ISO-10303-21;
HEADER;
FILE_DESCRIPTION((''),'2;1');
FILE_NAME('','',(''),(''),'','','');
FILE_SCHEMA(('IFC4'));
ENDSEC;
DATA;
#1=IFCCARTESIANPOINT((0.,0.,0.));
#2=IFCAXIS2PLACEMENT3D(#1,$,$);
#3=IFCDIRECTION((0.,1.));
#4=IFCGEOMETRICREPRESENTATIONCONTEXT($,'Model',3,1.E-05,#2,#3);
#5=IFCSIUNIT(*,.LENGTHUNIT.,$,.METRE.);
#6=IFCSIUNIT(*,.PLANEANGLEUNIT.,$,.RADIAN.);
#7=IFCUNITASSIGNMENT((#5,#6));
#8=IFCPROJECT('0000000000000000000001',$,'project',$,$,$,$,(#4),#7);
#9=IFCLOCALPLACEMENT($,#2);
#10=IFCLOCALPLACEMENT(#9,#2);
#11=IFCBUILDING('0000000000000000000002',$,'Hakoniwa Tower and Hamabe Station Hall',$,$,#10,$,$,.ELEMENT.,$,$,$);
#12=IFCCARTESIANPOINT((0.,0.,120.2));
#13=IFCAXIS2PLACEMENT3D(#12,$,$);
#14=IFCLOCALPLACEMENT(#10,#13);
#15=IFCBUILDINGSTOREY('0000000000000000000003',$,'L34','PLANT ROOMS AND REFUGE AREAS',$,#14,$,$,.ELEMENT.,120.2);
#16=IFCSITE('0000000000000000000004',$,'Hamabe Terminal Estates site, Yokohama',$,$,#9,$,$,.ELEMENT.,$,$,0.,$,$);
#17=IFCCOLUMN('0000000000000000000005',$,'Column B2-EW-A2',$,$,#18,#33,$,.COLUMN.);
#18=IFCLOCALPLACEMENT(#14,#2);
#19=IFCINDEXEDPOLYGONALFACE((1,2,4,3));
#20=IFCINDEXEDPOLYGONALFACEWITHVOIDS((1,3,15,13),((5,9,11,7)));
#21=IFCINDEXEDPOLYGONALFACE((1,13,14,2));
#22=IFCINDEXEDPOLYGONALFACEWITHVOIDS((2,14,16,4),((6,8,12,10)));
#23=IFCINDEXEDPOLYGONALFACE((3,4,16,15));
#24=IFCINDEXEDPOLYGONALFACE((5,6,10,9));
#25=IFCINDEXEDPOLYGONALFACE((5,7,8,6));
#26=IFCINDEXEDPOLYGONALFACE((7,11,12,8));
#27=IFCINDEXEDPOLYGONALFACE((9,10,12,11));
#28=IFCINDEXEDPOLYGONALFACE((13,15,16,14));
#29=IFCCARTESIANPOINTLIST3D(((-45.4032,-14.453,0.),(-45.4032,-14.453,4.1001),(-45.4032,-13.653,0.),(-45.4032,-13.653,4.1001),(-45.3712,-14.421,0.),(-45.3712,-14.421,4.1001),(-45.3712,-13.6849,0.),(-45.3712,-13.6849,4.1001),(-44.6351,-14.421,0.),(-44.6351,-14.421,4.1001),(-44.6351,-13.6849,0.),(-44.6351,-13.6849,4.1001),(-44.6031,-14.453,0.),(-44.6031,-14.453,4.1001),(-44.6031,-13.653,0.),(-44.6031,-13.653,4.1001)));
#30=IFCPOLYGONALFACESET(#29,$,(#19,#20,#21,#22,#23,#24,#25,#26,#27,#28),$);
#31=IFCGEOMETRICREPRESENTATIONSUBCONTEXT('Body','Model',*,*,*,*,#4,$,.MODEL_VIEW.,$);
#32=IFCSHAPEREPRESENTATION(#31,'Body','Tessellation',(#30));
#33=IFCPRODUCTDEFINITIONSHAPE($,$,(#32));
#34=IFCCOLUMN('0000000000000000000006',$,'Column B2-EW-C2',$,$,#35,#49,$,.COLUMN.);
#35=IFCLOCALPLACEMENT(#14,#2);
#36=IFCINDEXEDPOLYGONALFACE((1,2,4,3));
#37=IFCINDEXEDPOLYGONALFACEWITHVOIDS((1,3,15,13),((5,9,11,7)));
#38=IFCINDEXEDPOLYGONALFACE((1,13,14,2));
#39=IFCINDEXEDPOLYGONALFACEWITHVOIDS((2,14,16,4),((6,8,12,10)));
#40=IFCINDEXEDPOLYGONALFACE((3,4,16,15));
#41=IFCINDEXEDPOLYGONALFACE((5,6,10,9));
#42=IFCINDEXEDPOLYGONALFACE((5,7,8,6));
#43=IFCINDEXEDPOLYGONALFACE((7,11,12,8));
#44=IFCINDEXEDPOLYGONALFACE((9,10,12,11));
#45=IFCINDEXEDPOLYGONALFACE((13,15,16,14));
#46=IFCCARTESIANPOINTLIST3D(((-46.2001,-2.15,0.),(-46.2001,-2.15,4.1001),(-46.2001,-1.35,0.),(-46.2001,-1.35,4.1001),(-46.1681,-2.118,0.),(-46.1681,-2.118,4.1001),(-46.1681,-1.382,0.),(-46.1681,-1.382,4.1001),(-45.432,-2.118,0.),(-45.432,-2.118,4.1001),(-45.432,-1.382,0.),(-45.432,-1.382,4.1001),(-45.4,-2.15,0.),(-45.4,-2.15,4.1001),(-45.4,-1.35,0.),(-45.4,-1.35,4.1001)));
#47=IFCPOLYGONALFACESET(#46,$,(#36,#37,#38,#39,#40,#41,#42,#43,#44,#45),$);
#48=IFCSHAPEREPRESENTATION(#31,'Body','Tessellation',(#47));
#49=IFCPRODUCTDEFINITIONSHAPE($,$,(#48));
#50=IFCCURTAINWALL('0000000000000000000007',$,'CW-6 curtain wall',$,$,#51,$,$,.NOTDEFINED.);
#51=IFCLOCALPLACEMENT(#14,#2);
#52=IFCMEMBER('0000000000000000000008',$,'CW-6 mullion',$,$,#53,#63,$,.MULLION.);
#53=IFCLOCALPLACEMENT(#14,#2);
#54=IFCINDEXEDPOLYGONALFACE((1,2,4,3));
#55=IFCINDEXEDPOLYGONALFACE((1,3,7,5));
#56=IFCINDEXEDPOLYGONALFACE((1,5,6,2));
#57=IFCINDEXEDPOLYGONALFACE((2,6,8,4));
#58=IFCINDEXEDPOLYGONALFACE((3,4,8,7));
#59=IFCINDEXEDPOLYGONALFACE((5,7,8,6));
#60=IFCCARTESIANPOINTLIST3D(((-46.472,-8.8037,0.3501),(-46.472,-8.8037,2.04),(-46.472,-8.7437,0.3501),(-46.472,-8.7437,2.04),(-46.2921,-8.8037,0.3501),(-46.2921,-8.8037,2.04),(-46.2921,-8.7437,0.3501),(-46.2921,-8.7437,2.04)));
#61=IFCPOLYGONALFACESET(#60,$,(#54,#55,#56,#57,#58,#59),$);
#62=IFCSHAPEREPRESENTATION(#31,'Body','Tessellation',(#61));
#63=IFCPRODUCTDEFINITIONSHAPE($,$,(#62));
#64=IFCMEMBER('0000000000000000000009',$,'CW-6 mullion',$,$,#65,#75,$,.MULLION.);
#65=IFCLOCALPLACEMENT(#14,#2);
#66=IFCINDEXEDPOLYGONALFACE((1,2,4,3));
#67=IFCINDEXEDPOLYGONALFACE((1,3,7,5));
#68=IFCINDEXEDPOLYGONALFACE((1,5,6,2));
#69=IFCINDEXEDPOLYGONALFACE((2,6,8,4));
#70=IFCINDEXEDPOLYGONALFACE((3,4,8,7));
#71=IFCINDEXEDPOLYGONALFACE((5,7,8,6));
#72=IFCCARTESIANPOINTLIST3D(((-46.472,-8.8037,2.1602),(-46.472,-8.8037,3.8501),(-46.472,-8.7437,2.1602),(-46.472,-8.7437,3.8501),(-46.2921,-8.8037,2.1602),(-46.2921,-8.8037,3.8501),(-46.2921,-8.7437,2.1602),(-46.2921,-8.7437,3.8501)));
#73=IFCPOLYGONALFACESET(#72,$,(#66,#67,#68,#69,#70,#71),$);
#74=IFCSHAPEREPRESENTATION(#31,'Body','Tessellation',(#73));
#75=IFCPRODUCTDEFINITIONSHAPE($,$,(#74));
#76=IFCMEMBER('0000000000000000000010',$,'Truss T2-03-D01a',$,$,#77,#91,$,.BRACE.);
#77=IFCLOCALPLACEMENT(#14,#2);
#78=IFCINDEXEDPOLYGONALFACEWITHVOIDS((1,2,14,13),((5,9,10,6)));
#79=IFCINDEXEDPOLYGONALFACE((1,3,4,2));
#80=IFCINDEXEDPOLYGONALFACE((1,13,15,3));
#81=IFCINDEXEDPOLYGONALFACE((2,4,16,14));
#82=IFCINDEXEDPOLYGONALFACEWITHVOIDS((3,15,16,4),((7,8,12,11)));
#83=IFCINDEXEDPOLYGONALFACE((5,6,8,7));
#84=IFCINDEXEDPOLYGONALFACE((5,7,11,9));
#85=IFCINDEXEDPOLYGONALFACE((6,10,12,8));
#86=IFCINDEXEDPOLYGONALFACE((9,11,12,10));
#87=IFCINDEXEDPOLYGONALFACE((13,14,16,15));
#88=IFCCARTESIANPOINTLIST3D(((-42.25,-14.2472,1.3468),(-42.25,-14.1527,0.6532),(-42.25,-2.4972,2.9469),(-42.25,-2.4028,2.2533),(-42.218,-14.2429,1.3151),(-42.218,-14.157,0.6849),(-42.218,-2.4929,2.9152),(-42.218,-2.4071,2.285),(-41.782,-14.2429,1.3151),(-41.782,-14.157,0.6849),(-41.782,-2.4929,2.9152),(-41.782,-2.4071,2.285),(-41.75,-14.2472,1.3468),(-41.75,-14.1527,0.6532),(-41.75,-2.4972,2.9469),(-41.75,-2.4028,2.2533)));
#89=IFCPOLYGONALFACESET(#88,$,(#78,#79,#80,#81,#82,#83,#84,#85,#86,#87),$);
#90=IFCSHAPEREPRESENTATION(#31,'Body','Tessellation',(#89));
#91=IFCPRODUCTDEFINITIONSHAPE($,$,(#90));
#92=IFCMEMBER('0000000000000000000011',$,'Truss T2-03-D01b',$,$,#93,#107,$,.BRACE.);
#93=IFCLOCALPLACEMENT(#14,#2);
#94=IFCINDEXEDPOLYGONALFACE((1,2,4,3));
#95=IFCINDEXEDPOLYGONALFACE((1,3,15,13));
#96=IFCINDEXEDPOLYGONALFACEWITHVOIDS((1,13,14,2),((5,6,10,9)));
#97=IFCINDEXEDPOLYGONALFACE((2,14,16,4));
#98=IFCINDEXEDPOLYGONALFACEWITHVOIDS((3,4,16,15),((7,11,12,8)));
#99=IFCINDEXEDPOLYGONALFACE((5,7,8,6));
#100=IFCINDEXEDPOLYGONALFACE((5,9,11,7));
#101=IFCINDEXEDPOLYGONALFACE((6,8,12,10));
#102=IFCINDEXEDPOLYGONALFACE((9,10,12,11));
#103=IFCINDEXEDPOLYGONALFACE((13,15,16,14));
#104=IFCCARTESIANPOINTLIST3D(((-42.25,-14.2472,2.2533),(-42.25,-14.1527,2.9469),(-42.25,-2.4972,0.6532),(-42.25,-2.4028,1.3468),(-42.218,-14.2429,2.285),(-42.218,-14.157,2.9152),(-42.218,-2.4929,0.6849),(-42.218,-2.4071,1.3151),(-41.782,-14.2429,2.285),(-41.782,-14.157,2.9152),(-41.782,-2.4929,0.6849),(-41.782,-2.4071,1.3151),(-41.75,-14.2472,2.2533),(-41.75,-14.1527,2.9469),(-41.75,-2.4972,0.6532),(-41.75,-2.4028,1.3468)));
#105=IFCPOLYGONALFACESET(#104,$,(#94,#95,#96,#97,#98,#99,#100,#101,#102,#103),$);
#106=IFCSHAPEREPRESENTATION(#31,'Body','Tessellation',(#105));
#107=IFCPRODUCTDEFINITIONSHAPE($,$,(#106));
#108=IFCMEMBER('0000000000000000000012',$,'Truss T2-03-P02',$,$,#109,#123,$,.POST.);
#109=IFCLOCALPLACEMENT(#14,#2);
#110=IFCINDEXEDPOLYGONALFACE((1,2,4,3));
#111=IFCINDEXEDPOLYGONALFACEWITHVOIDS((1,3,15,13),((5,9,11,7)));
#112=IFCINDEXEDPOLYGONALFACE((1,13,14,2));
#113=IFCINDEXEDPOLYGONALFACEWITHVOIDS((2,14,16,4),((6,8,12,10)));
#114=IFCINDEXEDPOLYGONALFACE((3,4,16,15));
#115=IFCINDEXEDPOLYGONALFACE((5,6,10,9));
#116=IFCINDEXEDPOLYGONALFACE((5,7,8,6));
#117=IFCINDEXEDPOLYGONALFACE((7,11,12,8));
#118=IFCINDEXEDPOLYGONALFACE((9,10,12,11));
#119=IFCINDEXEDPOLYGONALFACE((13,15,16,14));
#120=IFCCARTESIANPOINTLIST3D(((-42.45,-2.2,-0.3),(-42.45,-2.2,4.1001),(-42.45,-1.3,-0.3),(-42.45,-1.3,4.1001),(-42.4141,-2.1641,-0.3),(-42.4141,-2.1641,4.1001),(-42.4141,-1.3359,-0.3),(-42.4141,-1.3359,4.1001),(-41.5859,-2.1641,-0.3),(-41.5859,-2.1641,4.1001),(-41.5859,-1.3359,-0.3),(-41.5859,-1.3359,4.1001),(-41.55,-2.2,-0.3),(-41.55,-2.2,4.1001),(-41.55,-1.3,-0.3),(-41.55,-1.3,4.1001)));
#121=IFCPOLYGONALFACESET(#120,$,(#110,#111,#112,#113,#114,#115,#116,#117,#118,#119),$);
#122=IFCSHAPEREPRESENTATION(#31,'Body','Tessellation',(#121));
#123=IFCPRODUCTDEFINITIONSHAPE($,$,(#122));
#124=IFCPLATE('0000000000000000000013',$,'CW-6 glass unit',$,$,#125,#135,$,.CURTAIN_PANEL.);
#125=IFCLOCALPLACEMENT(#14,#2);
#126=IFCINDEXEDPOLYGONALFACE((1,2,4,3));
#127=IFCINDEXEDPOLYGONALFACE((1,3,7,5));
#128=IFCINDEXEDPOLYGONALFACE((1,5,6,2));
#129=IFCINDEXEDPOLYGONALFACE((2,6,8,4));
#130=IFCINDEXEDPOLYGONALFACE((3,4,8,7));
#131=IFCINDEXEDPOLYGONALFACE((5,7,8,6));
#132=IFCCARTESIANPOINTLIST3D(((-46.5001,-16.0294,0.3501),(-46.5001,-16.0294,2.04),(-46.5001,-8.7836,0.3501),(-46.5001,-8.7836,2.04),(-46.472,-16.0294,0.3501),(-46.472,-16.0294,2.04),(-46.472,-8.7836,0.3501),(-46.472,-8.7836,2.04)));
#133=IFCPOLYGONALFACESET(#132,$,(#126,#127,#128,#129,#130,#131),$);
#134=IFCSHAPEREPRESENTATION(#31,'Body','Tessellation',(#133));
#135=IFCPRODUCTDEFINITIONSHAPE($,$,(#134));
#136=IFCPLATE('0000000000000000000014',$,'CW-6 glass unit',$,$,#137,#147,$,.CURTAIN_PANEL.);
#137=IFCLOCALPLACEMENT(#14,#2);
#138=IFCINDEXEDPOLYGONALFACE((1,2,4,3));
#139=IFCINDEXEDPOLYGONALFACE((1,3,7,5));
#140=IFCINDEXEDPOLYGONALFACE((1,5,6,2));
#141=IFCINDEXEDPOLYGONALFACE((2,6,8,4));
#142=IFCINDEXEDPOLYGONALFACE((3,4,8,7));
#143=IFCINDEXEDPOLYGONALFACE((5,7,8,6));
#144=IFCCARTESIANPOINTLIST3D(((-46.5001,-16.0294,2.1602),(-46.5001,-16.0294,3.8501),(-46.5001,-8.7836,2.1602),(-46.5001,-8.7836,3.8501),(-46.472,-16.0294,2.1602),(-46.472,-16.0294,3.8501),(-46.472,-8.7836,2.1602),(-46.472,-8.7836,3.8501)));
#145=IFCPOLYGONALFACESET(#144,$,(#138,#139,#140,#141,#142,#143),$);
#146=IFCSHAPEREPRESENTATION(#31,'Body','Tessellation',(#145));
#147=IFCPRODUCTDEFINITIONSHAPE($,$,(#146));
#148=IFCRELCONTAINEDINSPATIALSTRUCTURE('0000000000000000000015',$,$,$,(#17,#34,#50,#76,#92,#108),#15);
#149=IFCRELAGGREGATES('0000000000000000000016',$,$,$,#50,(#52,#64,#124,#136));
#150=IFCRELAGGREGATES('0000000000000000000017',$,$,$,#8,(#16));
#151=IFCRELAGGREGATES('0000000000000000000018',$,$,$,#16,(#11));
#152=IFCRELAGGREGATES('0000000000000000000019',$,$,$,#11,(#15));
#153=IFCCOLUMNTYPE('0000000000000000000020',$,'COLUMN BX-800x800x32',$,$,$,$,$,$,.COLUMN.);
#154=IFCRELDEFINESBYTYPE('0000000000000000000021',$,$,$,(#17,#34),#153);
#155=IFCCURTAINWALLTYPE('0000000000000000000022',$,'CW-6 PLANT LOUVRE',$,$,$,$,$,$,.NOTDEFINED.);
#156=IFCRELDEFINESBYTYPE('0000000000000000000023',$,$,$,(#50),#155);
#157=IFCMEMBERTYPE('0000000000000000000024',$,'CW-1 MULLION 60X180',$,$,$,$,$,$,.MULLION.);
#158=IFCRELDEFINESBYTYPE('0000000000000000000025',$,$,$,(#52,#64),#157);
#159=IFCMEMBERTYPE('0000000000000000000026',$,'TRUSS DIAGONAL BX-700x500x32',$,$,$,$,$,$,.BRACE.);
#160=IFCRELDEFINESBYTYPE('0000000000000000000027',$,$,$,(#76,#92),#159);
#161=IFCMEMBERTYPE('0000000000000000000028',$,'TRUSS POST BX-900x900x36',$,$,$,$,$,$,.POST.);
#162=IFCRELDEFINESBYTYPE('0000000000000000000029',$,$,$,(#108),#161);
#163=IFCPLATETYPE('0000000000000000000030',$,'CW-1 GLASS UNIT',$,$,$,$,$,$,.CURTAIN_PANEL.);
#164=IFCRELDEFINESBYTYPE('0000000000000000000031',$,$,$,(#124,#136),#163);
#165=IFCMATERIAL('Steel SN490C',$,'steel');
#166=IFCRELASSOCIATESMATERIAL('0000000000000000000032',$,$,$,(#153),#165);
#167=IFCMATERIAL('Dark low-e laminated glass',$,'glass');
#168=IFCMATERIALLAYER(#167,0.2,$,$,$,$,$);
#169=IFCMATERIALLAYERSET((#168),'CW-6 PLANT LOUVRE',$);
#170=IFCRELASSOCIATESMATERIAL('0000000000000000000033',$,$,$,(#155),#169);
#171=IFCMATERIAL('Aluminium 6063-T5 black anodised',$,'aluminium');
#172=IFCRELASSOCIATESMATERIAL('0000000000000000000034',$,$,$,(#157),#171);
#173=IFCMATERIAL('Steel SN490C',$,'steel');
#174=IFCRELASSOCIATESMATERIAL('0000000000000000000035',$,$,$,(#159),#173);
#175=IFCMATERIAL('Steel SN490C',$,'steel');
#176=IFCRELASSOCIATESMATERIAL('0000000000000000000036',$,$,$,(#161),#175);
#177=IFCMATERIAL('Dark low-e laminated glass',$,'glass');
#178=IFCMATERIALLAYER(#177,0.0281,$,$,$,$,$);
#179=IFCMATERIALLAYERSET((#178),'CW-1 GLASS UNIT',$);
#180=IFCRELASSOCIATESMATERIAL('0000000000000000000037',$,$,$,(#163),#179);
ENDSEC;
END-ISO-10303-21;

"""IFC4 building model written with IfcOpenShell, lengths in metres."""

from ifc_helpers import new_model, si_unit, direction, frame, origin, origin_2d, place, context, subcontext, project, spatial, rectangle, hollow_rectangle, extrude, material, layer, layer_set, material_profile, profile_set, type_object, element, aggregate, save


model = new_model("IFC4")

# Units and contexts
model_context = context("Model", 3, precision=1e-05, world=origin(), true_north=direction((0.0, 1.0)))
body_context = subcontext(model_context, "Body", "Model", "MODEL_VIEW")
ifc_project = project(units=[si_unit("LENGTHUNIT", "METRE"), si_unit("PLANEANGLEUNIT", "RADIAN")], contexts=[model_context])

# Site, building, storey
site_placement = place(None, origin())
site = spatial("IfcSite", under=ifc_project, at=site_placement, Name="Hamabe Terminal Estates site, Yokohama", CompositionType="ELEMENT", RefElevation=0.0)
building_placement = place(site_placement, origin())
building = spatial("IfcBuilding", under=site, at=building_placement, Name="Hakoniwa Tower and Hamabe Station Hall", CompositionType="ELEMENT")
storey_placement = place(building_placement, frame((0.0, 0.0, 120.2)))
storey = spatial("IfcBuildingStorey", under=building, at=storey_placement, Name="L34", Description="PLANT ROOMS AND REFUGE AREAS", CompositionType="ELEMENT", Elevation=120.2)

# Columns
ifc_material_1 = material(Name="Steel SN490C", Category="steel")
ifc_material_profile_1 = material_profile(ifc_material_1, hollow_rectangle(XDim=0.8, YDim=0.8, WallThickness=0.032, at=origin_2d()), Name="BX-800x800x32")
ifc_profile_set_1 = profile_set([ifc_material_profile_1], Name="Steel SN490C")
column_type = type_object("IfcColumnType", Name="COLUMN BX-800x800x32", PredefinedType="COLUMN", material=ifc_profile_set_1)
for number, where, z_axis, x_axis, name in (
    (1, (-45.0032, -14.053, 0.0), (0.0, 0.0, 1.0), (1.0, 0.0, 0.0), "Column B2-EW-A2"),
    (2, (-45.8, -1.75, 0.0), (0.0, 0.0, 1.0), (1.0, 0.0, 0.0), "Column B2-EW-C2"),
):
    element("IfcColumn", number, at=place(storey_placement, frame(where, z_axis=z_axis, x_axis=x_axis)), inside=storey, type_object=column_type, Name=name, PredefinedType="COLUMN", context=body_context, shape_type="SweptSolid", body=[
        extrude(hollow_rectangle(XDim=0.8, YDim=0.8, WallThickness=0.032, at=origin_2d()), origin(), (0.0, 0.0, 1.0), 4.1001),
    ])

# Curtain wall, members
ifc_material_2 = material(Name="Dark low-e laminated glass", Category="glass")
ifc_layer_1 = layer(ifc_material_2, 0.2)
ifc_layer_set_1 = layer_set([ifc_layer_1], Name="CW-6 PLANT LOUVRE")
curtain_wall_type = type_object("IfcCurtainWallType", Name="CW-6 PLANT LOUVRE", PredefinedType="NOTDEFINED", material=ifc_layer_set_1)
curtain_wall_placement = place(storey_placement, origin())
curtain_wall = element("IfcCurtainWall", 3, at=curtain_wall_placement, inside=storey, type_object=curtain_wall_type, Name="CW-6 curtain wall", PredefinedType="NOTDEFINED")
ifc_material_3 = material(Name="Aluminium 6063-T5 black anodised", Category="aluminium")
ifc_material_profile_2 = material_profile(ifc_material_3, rectangle(XDim=0.0601, YDim=0.1799, at=origin_2d()), Name="CW-1 MULLION 60X180")
ifc_profile_set_2 = profile_set([ifc_material_profile_2], Name="Aluminium 6063-T5 black anodised")
member_type_1 = type_object("IfcMemberType", Name="CW-1 MULLION 60X180", PredefinedType="MULLION", material=ifc_profile_set_2)
member_1_placement = place(storey_placement, frame((-46.3821, -8.7737, 0.3501), z_axis=(0.0, 0.0, 1.0), x_axis=(0.0, -1.0, 0.0)))
member_1 = element("IfcMember", 4, at=member_1_placement, type_object=member_type_1, Name="CW-6 mullion", PredefinedType="MULLION", context=body_context, shape_type="SweptSolid", body=[
    extrude(rectangle(XDim=0.0601, YDim=0.1799, at=origin_2d()), origin(), (0.0, 0.0, 1.0), 1.6899),
])
member_2_placement = place(storey_placement, frame((-46.3821, -8.7737, 2.1602), z_axis=(0.0, 0.0, 1.0), x_axis=(0.0, -1.0, 0.0)))
member_2 = element("IfcMember", 5, at=member_2_placement, type_object=member_type_1, Name="CW-6 mullion", PredefinedType="MULLION", context=body_context, shape_type="SweptSolid", body=[
    extrude(rectangle(XDim=0.0601, YDim=0.1799, at=origin_2d()), origin(), (0.0, 0.0, 1.0), 1.6899),
])

# Members
ifc_material_4 = material(Name="Steel SN490C", Category="steel")
ifc_material_profile_3 = material_profile(ifc_material_4, hollow_rectangle(XDim=0.5, YDim=0.7, WallThickness=0.032, at=origin_2d()), Name="BX-700x500x32")
ifc_profile_set_3 = profile_set([ifc_material_profile_3], Name="Steel SN490C")
member_type_2 = type_object("IfcMemberType", Name="TRUSS DIAGONAL BX-700x500x32", PredefinedType="BRACE", material=ifc_profile_set_3)
for number, where, z_axis, x_axis, name in (
    (6, (-42.0, -14.2, 1.0), (0.0, 0.990855, 0.134933), (-1.0, 0.0, 0.0), "Truss T2-03-D01a"),
    (7, (-42.0, -14.2, 2.6001), (0.0, 0.990855, -0.134933), (-1.0, 0.0, 0.0), "Truss T2-03-D01b"),
):
    element("IfcMember", number, at=place(storey_placement, frame(where, z_axis=z_axis, x_axis=x_axis)), inside=storey, type_object=member_type_2, Name=name, PredefinedType="BRACE", context=body_context, shape_type="SweptSolid", body=[
        extrude(hollow_rectangle(XDim=0.5, YDim=0.7, WallThickness=0.032, at=origin_2d()), origin(), (0.0, 0.0, 1.0), 11.8584),
    ])
ifc_material_5 = material(Name="Steel SN490C", Category="steel")
ifc_material_profile_4 = material_profile(ifc_material_5, hollow_rectangle(XDim=0.8999, YDim=0.8999, WallThickness=0.0359, at=origin_2d()), Name="BX-900x900x36")
ifc_profile_set_4 = profile_set([ifc_material_profile_4], Name="Steel SN490C")
member_type_3 = type_object("IfcMemberType", Name="TRUSS POST BX-900x900x36", PredefinedType="POST", material=ifc_profile_set_4)
member_3_placement = place(storey_placement, frame((-42.0, -1.75, -0.3), z_axis=(0.0, 0.0, 1.0), x_axis=(1.0, 0.0, 0.0)))
element("IfcMember", 8, at=member_3_placement, inside=storey, type_object=member_type_3, Name="Truss T2-03-P02", PredefinedType="POST", context=body_context, shape_type="SweptSolid", body=[
    extrude(hollow_rectangle(XDim=0.8999, YDim=0.8999, WallThickness=0.0359, at=origin_2d()), origin(), (0.0, 0.0, 1.0), 4.4001),
])

# Plates
ifc_material_6 = material(Name="Dark low-e laminated glass", Category="glass")
ifc_layer_2 = layer(ifc_material_6, 0.0281)
ifc_layer_set_2 = layer_set([ifc_layer_2], Name="CW-1 GLASS UNIT")
plate_type = type_object("IfcPlateType", Name="CW-1 GLASS UNIT", PredefinedType="CURTAIN_PANEL", material=ifc_layer_set_2)
plate_1_placement = place(storey_placement, frame((-46.4861, -12.4065, 0.3501), z_axis=(0.0, 0.0, 1.0), x_axis=(0.0, -1.0, 0.0)))
plate_1 = element("IfcPlate", 9, at=plate_1_placement, type_object=plate_type, Name="CW-6 glass unit", PredefinedType="CURTAIN_PANEL", context=body_context, shape_type="SweptSolid", body=[
    extrude(rectangle(XDim=7.2458, YDim=0.0281, at=origin_2d()), origin(), (0.0, 0.0, 1.0), 1.6899),
])
plate_2_placement = place(storey_placement, frame((-46.4861, -12.4065, 2.1602), z_axis=(0.0, 0.0, 1.0), x_axis=(0.0, -1.0, 0.0)))
plate_2 = element("IfcPlate", 10, at=plate_2_placement, type_object=plate_type, Name="CW-6 glass unit", PredefinedType="CURTAIN_PANEL", context=body_context, shape_type="SweptSolid", body=[
    extrude(rectangle(XDim=7.2458, YDim=0.0281, at=origin_2d()), origin(), (0.0, 0.0, 1.0), 1.6899),
])

aggregate(curtain_wall, [member_1, member_2, plate_1, plate_2])

save(model, "model.ifc")
